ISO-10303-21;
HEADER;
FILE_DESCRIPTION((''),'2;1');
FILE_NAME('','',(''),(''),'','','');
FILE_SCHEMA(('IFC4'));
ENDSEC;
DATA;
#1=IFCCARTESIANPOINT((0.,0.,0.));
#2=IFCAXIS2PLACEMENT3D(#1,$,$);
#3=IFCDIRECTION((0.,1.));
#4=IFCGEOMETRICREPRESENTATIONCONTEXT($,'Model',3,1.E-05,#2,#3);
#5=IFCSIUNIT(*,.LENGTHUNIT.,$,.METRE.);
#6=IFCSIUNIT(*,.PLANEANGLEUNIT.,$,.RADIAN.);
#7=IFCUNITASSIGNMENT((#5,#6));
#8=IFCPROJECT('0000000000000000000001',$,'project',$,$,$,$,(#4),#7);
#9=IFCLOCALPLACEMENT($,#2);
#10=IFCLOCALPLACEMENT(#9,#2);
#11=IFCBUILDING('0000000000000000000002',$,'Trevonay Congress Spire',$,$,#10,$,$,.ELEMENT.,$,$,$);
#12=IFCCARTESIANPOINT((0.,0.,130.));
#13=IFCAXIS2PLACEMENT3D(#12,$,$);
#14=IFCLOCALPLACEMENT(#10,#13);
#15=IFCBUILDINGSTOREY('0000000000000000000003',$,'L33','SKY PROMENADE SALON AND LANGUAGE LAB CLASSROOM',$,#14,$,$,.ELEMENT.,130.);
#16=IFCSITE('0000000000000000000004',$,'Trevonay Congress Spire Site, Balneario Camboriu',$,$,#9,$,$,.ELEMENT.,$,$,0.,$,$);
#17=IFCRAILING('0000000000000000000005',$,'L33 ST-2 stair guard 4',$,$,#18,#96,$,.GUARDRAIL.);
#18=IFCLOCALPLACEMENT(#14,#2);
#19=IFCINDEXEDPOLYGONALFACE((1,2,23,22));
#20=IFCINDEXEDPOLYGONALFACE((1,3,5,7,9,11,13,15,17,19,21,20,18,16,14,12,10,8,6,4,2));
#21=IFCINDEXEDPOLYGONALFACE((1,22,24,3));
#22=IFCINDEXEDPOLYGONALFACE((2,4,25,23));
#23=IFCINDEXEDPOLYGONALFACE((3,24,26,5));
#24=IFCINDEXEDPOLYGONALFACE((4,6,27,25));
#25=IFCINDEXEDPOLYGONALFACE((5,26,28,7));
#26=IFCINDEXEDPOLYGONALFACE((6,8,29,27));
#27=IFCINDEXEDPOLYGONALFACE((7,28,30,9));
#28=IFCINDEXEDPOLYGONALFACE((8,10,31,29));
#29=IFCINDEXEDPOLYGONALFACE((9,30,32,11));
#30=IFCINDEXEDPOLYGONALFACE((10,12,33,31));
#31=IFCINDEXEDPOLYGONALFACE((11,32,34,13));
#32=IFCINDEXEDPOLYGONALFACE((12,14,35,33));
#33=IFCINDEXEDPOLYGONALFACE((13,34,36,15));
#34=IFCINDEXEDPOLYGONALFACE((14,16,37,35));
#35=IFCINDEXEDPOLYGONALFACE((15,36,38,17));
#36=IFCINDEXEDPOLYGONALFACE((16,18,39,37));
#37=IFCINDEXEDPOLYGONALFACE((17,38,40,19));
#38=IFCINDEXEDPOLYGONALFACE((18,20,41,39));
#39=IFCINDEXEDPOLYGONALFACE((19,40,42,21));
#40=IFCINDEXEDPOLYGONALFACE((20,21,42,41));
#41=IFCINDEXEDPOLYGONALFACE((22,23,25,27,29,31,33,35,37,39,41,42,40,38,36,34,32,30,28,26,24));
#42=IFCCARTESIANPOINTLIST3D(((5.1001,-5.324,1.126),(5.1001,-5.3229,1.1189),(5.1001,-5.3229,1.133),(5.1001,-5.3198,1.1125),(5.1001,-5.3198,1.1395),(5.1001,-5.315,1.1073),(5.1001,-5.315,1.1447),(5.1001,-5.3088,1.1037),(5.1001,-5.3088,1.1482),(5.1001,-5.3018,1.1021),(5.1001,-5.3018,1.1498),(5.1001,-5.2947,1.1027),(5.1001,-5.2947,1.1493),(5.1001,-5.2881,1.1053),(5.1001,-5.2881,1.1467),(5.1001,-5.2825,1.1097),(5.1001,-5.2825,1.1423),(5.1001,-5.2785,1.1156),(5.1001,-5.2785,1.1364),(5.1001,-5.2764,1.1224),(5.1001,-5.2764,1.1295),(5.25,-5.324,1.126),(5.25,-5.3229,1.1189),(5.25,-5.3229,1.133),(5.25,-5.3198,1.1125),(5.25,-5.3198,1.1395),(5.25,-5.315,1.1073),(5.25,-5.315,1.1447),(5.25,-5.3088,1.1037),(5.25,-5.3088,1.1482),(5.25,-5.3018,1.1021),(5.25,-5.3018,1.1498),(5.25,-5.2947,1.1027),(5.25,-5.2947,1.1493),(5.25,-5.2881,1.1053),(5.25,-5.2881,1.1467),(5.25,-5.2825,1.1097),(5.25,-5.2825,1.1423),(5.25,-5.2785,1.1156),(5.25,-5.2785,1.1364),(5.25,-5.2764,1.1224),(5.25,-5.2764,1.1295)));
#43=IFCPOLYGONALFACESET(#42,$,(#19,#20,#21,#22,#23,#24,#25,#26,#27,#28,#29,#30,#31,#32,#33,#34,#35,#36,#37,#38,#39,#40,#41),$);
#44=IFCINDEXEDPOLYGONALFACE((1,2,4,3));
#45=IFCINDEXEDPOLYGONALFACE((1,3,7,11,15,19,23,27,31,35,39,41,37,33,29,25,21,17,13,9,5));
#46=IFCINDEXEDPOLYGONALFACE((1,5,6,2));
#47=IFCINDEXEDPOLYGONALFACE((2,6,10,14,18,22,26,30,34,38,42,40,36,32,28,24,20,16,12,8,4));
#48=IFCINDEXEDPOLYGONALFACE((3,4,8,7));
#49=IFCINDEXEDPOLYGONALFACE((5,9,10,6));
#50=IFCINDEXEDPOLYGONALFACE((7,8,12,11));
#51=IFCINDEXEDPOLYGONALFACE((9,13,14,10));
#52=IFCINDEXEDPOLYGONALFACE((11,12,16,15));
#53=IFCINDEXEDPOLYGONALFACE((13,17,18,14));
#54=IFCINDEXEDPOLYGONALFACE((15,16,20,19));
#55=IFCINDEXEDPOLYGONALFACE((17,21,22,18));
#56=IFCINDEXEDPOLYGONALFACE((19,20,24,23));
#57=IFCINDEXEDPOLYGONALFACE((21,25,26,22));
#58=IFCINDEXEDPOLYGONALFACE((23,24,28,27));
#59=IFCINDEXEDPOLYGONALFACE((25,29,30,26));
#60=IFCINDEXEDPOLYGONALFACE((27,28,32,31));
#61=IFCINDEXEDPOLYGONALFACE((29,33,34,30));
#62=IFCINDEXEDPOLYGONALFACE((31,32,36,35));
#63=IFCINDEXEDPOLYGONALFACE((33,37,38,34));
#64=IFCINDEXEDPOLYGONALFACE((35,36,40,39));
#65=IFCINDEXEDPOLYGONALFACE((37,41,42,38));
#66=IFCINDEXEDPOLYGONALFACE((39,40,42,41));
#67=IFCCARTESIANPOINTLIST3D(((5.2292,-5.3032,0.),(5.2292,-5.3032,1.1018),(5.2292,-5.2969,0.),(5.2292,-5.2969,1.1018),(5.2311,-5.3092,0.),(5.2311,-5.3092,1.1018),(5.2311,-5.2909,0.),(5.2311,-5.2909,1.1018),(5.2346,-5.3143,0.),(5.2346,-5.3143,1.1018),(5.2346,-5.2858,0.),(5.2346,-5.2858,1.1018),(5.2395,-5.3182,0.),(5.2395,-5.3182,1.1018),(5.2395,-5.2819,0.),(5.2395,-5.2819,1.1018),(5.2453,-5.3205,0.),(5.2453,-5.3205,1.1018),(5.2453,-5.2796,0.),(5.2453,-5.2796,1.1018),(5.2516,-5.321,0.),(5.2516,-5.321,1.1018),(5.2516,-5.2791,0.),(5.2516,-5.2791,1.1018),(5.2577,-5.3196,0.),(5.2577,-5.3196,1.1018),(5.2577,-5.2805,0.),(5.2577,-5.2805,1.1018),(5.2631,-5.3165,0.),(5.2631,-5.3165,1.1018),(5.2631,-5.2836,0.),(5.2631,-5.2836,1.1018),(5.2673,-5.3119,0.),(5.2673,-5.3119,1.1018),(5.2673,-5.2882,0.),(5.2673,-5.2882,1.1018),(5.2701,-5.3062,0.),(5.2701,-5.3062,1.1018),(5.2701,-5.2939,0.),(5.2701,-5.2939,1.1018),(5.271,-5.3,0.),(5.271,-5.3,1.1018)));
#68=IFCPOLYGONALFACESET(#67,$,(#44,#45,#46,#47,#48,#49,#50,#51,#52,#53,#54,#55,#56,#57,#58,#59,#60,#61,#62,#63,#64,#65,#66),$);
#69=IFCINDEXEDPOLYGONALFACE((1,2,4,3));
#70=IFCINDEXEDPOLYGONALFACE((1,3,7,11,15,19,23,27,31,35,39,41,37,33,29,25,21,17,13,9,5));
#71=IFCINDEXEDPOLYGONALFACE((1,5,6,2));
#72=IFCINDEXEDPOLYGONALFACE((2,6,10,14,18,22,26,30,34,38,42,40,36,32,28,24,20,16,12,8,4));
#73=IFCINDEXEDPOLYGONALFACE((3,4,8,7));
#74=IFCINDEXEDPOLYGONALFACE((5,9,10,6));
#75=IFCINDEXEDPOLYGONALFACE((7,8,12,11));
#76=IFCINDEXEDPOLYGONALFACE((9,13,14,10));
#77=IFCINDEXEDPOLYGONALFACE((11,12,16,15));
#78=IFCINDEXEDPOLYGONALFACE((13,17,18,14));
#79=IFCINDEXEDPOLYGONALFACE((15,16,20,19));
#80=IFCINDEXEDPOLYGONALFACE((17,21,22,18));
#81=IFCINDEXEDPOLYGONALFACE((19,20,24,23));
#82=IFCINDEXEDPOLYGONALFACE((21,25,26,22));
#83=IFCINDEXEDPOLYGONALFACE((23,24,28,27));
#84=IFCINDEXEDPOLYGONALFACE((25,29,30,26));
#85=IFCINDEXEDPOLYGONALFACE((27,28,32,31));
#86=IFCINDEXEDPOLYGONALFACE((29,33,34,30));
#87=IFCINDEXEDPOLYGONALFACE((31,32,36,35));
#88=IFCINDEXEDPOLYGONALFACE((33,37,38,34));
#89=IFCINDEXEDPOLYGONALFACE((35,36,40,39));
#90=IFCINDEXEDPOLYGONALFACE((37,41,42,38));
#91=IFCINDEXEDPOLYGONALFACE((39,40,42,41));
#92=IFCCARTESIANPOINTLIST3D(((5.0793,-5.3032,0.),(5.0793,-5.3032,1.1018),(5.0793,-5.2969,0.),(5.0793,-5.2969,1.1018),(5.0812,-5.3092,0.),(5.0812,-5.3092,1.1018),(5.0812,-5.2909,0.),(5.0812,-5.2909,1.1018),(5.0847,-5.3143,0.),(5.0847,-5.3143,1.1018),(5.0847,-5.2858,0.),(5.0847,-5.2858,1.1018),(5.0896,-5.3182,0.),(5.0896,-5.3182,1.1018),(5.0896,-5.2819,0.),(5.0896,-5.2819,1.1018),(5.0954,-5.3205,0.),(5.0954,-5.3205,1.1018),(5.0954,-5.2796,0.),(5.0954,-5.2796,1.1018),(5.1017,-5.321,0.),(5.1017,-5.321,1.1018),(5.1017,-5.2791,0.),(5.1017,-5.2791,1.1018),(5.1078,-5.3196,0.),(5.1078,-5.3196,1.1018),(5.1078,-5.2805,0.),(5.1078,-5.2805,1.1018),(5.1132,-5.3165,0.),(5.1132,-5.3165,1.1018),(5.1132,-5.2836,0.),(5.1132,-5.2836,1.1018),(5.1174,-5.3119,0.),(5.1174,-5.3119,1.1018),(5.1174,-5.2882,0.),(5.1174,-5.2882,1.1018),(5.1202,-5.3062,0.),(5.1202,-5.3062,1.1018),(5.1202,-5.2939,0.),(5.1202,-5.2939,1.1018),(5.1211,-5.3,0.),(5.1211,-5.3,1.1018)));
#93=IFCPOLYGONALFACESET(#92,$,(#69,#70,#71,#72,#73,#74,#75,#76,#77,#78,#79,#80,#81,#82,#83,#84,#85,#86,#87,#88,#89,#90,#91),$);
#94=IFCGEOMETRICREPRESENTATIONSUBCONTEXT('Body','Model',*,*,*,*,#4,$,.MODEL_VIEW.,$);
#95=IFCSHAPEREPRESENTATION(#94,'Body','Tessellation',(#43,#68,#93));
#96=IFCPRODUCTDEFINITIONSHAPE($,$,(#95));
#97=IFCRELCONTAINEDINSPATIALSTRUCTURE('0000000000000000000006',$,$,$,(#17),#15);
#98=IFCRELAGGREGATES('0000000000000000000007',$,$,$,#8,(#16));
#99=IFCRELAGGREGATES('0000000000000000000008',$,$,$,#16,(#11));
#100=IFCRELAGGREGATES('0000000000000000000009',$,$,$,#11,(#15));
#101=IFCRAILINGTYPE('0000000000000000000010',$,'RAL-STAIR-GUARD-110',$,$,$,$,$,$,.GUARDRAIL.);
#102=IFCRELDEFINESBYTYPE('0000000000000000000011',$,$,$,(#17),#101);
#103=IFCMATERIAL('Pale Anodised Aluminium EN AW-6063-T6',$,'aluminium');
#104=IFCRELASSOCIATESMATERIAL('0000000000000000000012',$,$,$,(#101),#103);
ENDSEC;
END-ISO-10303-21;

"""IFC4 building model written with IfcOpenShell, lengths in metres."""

from ifc_helpers import new_model, si_unit, direction, frame, origin, origin_2d, place, context, subcontext, project, spatial, circle, extrude, material, type_object, element, save


model = new_model("IFC4")

# Units and contexts
model_context = context("Model", 3, precision=1e-05, world=origin(), true_north=direction((0.0, 1.0)))
body_context = subcontext(model_context, "Body", "Model", "MODEL_VIEW")
ifc_project = project(units=[si_unit("LENGTHUNIT", "METRE"), si_unit("PLANEANGLEUNIT", "RADIAN")], contexts=[model_context])

# Site, building, storey
site_placement = place(None, origin())
site = spatial("IfcSite", under=ifc_project, at=site_placement, Name="Trevonay Congress Spire Site, Balneario Camboriu", CompositionType="ELEMENT", RefElevation=0.0)
building_placement = place(site_placement, origin())
building = spatial("IfcBuilding", under=site, at=building_placement, Name="Trevonay Congress Spire", CompositionType="ELEMENT")
storey_placement = place(building_placement, frame((0.0, 0.0, 130.0)))
storey = spatial("IfcBuildingStorey", under=building, at=storey_placement, Name="L33", Description="SKY PROMENADE SALON AND LANGUAGE LAB CLASSROOM", CompositionType="ELEMENT", Elevation=130.0)

# Shared definitions
ifc_material_1 = material(Name="Pale Anodised Aluminium EN AW-6063-T6", Category="aluminium")

# Railing
railing_type_1 = type_object("IfcRailingType", Name="RAL-STAIR-GUARD-110", PredefinedType="GUARDRAIL", material=ifc_material_1)
railing_1_placement = place(storey_placement, frame((5.25, -5.3, 0.0)))
element("IfcRailing", 1, at=railing_1_placement, inside=storey, type_object=railing_type_1, Name="L33 ST-2 stair guard 4", PredefinedType="GUARDRAIL", context=body_context, shape_type="SweptSolid", body=[
    extrude(circle(Radius=0.0239, at=origin_2d()), frame((0.0, 0.0, 1.126), z_axis=(-1.0, 0.0, 0.0), x_axis=(0.0, -1.0, 0.0)), (0.0, 0.0, 1.0), 0.1499),
    extrude(circle(Radius=0.021, at=origin_2d()), origin(), (0.0, 0.0, 1.0), 1.1018),
    extrude(circle(Radius=0.021, at=origin_2d()), frame((-0.1499, 0.0, 0.0)), (0.0, 0.0, 1.0), 1.1018),
])

save(model, "model.ifc")
